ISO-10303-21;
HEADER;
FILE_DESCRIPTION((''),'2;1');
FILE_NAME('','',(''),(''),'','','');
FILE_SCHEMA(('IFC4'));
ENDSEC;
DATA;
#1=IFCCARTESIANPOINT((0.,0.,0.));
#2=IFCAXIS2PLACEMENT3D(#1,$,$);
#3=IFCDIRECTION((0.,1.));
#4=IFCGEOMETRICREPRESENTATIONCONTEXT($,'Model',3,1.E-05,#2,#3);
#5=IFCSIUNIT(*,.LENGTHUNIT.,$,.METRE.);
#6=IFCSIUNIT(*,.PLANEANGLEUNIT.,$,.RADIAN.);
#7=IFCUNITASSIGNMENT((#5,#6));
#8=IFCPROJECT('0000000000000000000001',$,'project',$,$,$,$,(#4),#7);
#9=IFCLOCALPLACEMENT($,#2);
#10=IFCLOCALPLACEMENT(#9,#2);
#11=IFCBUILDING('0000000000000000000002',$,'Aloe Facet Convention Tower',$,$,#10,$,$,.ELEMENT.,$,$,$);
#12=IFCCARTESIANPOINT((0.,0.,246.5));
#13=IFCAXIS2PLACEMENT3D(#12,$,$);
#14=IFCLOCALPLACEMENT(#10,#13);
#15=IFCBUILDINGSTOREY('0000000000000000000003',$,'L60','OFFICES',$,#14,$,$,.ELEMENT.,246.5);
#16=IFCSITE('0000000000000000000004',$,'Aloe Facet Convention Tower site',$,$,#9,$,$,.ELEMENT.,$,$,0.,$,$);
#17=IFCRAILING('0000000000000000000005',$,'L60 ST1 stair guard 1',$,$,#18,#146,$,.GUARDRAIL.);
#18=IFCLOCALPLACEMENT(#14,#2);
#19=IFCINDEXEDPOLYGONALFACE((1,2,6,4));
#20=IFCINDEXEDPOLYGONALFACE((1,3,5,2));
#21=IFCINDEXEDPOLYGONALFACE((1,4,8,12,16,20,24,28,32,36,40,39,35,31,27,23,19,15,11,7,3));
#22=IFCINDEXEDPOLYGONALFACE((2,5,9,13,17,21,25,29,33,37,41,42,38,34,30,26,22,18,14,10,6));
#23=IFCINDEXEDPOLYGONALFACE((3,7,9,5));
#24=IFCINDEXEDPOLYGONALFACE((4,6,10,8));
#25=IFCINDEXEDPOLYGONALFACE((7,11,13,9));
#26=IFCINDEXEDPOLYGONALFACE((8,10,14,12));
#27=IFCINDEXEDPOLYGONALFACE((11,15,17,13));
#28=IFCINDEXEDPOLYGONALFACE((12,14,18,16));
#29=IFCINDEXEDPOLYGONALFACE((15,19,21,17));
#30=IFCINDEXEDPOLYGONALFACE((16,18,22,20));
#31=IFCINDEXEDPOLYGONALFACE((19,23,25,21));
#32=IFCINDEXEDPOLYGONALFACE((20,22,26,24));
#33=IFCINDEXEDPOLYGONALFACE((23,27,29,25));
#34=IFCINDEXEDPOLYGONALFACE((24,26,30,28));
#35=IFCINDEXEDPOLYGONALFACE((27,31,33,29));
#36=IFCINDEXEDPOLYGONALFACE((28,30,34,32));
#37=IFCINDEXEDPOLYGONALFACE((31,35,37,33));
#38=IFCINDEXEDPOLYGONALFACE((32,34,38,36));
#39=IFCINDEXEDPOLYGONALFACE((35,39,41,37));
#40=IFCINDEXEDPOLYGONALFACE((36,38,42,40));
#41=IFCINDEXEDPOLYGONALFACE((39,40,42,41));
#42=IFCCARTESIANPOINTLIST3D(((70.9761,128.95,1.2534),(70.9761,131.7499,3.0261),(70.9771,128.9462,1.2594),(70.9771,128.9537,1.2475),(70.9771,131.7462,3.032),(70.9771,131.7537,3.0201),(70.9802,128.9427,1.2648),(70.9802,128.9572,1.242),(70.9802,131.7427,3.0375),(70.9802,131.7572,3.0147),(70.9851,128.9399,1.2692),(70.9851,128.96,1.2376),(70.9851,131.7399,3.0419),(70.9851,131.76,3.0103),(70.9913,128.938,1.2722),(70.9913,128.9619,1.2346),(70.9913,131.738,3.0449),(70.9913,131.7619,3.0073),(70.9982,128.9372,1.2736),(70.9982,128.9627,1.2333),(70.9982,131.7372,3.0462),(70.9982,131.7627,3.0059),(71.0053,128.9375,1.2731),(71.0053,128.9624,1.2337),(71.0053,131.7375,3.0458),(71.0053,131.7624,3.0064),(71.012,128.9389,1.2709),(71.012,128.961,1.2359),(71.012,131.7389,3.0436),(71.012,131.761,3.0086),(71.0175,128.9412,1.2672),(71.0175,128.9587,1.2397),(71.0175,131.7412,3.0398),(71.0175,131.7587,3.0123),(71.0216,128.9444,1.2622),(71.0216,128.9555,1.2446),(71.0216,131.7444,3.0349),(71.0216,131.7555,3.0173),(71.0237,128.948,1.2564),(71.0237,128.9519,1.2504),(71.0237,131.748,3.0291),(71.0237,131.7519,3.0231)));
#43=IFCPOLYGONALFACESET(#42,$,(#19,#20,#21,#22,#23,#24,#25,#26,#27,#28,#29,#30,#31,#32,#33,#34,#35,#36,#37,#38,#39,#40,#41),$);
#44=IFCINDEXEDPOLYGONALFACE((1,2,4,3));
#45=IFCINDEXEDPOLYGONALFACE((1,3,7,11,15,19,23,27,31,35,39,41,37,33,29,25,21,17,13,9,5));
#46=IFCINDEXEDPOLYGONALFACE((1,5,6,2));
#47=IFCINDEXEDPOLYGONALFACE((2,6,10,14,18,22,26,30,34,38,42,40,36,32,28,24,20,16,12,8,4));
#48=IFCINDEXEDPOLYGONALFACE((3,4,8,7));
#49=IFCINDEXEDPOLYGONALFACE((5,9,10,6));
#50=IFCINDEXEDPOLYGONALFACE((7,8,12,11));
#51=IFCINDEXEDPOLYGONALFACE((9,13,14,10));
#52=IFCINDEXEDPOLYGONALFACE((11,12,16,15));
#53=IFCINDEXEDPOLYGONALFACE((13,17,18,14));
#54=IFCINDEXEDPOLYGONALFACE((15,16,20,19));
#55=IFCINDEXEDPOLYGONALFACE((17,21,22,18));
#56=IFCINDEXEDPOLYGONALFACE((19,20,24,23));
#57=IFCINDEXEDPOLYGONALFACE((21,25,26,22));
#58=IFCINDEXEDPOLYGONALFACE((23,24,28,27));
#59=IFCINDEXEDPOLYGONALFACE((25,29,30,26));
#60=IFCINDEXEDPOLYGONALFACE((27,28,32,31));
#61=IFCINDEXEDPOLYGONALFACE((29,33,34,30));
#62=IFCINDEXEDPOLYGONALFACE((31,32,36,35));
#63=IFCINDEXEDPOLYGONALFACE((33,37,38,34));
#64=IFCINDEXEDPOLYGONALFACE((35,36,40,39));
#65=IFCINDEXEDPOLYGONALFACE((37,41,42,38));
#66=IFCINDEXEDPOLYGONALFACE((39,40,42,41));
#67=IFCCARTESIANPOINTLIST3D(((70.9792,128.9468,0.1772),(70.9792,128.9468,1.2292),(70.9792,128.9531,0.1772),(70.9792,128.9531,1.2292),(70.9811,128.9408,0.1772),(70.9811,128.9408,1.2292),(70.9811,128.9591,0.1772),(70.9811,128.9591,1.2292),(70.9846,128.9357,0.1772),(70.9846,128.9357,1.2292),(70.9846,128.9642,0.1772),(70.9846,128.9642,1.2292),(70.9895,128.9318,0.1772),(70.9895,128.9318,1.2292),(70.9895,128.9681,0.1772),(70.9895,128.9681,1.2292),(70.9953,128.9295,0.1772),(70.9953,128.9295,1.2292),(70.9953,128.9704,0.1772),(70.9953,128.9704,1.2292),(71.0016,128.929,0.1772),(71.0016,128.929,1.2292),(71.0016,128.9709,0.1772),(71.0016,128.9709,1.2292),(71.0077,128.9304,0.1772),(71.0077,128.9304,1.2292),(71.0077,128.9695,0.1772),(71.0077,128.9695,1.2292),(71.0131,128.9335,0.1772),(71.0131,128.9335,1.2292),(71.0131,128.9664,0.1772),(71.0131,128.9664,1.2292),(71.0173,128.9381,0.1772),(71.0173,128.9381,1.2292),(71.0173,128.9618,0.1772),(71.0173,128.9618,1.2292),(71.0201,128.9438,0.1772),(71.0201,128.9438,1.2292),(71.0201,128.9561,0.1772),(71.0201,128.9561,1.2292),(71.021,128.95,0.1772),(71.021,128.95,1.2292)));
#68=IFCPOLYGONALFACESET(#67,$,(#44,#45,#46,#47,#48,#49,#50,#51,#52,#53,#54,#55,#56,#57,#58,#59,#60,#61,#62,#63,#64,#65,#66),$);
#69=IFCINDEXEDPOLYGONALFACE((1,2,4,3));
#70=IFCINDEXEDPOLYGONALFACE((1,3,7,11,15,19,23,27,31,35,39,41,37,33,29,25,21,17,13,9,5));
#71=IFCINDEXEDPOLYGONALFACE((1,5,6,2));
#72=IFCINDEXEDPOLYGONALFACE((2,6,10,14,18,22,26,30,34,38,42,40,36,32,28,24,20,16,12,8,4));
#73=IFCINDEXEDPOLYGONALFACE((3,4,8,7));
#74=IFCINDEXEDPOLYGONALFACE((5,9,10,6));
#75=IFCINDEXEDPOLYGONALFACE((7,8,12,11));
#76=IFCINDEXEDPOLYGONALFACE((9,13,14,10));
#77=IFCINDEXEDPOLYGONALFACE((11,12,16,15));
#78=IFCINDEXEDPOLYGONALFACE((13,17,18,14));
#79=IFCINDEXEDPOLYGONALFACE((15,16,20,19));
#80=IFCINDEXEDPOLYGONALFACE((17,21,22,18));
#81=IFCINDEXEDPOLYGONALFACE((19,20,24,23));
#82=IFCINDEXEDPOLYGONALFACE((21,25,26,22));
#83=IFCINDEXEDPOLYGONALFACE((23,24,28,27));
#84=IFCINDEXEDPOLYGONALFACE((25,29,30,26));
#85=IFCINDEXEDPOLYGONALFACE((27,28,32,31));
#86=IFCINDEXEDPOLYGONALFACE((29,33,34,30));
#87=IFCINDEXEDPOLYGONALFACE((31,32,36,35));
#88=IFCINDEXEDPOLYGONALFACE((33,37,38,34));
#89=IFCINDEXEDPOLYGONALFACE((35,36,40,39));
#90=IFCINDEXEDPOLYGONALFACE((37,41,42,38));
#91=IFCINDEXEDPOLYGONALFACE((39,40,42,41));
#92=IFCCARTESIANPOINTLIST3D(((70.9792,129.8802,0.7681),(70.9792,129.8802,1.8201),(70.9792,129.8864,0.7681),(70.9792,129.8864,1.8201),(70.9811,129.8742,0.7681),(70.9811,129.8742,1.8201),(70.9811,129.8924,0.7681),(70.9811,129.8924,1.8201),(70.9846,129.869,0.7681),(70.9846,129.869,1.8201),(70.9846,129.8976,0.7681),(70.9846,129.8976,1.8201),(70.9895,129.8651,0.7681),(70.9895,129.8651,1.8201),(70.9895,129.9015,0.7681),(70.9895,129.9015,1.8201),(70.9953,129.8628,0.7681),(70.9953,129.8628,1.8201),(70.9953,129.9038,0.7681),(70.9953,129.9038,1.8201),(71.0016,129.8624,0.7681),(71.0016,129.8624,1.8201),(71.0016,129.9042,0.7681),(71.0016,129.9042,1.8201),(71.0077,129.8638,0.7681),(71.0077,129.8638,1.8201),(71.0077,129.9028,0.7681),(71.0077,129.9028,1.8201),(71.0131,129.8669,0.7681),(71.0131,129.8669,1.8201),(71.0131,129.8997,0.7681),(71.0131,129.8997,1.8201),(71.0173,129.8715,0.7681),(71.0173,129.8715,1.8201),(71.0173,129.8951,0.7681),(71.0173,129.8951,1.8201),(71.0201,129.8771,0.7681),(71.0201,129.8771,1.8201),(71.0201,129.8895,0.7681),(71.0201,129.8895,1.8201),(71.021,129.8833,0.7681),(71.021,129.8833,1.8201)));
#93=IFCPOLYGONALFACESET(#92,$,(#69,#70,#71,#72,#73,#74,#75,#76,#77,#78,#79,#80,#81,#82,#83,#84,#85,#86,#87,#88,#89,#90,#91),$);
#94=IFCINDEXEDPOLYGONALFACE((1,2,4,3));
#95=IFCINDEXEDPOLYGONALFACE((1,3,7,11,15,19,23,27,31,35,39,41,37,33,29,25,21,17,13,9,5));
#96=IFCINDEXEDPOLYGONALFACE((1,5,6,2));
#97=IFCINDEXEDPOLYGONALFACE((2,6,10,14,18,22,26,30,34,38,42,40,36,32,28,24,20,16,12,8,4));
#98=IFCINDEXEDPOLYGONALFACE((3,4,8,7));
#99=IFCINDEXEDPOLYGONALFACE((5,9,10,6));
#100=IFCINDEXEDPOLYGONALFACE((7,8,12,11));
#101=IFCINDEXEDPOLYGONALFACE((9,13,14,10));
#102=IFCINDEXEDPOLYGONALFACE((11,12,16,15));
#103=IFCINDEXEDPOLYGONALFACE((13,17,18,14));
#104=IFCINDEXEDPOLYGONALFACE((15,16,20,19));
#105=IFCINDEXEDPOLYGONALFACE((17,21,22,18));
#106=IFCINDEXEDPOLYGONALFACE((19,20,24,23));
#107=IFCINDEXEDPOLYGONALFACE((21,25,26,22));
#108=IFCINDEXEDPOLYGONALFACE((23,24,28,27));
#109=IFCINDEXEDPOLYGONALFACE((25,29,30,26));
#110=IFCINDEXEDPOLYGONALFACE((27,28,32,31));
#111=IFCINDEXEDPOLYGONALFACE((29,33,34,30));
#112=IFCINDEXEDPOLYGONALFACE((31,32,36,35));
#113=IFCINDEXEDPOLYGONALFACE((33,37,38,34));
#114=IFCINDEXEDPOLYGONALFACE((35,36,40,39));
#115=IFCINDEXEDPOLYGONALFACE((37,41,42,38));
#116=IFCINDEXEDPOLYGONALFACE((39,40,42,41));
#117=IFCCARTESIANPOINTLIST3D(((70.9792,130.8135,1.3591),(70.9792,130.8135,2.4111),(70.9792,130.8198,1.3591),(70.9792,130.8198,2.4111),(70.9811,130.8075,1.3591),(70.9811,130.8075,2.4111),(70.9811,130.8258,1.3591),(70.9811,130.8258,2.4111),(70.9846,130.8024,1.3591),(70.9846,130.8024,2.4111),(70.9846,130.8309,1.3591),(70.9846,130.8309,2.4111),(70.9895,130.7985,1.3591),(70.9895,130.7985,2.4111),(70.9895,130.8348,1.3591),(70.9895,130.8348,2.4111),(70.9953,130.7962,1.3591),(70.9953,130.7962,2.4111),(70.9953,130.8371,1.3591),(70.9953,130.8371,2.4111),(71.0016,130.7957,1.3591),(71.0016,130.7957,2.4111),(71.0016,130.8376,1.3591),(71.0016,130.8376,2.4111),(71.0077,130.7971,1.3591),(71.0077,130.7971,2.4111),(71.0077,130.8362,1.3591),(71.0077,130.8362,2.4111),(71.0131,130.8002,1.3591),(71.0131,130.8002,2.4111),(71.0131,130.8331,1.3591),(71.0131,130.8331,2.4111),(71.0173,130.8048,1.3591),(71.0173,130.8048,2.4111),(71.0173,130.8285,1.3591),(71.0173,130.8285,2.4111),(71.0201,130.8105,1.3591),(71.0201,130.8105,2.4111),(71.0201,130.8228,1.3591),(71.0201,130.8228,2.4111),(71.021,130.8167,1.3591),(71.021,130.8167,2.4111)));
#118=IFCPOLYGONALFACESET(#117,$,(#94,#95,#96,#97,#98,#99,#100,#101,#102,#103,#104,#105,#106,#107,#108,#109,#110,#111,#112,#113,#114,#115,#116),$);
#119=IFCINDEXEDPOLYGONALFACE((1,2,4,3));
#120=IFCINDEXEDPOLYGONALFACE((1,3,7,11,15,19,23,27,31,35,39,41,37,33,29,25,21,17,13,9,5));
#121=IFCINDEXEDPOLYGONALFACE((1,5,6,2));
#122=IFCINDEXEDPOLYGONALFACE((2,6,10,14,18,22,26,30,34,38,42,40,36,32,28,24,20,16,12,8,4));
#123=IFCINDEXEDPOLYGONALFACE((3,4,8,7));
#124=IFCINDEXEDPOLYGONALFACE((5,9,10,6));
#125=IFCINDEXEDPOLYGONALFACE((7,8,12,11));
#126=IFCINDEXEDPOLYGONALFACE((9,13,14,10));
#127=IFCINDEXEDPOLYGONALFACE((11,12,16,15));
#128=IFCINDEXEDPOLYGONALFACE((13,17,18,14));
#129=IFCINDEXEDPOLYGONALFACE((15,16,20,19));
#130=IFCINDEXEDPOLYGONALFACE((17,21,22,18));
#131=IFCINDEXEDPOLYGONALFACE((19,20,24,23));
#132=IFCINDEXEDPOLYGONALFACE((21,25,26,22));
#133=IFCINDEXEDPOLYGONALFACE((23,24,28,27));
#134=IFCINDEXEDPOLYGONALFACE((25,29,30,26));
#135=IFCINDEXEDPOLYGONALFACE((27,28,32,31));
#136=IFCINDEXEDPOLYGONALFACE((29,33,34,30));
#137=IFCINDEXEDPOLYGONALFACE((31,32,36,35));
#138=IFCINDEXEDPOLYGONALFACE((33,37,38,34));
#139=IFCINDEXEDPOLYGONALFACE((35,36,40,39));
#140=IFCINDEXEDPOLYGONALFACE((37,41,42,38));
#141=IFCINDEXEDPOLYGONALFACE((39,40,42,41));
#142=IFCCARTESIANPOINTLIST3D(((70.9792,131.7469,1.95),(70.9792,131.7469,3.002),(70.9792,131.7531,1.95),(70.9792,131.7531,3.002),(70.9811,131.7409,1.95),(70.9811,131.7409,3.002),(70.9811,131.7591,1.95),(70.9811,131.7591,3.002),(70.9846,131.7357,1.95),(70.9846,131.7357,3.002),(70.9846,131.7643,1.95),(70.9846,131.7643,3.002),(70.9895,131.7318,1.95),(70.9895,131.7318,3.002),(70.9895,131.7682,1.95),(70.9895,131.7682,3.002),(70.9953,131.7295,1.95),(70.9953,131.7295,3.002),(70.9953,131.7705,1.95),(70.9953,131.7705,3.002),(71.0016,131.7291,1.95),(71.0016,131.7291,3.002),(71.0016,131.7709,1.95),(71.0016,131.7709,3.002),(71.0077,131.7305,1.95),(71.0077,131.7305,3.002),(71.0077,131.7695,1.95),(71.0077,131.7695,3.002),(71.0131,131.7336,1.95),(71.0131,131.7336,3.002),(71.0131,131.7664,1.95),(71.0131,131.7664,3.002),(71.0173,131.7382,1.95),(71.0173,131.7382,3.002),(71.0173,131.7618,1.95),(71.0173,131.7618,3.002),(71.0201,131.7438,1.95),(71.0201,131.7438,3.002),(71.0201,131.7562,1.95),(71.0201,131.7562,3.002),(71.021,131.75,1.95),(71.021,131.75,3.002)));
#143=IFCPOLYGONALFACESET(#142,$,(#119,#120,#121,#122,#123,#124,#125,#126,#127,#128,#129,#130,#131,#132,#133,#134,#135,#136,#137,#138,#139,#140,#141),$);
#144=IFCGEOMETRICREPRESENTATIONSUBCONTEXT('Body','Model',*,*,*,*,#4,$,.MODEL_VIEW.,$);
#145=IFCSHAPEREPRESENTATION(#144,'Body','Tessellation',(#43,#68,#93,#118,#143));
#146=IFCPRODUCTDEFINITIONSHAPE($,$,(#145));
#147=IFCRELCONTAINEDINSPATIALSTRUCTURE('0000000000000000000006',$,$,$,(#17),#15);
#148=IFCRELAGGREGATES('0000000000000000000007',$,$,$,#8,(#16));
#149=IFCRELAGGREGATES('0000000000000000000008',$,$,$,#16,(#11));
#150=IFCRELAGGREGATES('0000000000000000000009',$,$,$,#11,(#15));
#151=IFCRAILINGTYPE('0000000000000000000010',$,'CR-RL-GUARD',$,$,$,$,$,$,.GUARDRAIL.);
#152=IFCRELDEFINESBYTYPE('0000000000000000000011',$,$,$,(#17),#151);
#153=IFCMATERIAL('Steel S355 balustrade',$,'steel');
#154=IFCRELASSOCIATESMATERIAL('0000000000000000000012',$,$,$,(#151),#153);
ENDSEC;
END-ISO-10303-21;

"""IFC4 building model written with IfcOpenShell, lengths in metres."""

from ifc_helpers import new_model, si_unit, direction, frame, origin, origin_2d, place, context, subcontext, project, spatial, circle, extrude, material, type_object, element, save


model = new_model("IFC4")

# Units and contexts
model_context = context("Model", 3, precision=1e-05, world=origin(), true_north=direction((0.0, 1.0)))
body_context = subcontext(model_context, "Body", "Model", "MODEL_VIEW")
ifc_project = project(units=[si_unit("LENGTHUNIT", "METRE"), si_unit("PLANEANGLEUNIT", "RADIAN")], contexts=[model_context])

# Site, building, storey
site_placement = place(None, origin())
site = spatial("IfcSite", under=ifc_project, at=site_placement, Name="Aloe Facet Convention Tower site", CompositionType="ELEMENT", RefElevation=0.0)
building_placement = place(site_placement, origin())
building = spatial("IfcBuilding", under=site, at=building_placement, Name="Aloe Facet Convention Tower", CompositionType="ELEMENT")
storey_placement = place(building_placement, frame((0.0, 0.0, 246.5)))
storey = spatial("IfcBuildingStorey", under=building, at=storey_placement, Name="L60", Description="OFFICES", CompositionType="ELEMENT", Elevation=246.5)

# Railing
ifc_material_1 = material(Name="Steel S355 balustrade", Category="steel")
railing_type_1 = type_object("IfcRailingType", Name="CR-RL-GUARD", PredefinedType="GUARDRAIL", material=ifc_material_1)
railing_1_placement = place(storey_placement, frame((71.0, 128.95, 0.1772)))
element("IfcRailing", 1, at=railing_1_placement, inside=storey, type_object=railing_type_1, Name="L60 ST1 stair guard 1", PredefinedType="GUARDRAIL", context=body_context, shape_type="SweptSolid", body=[
    extrude(circle(Radius=0.0239, at=origin_2d()), frame((0.0, 0.0, 1.0762), z_axis=(0.0, 0.844909, 0.53491), x_axis=(-1.0, 0.0, 0.0)), (0.0, 0.0, 1.0), 3.314),
    extrude(circle(Radius=0.021, at=origin_2d()), origin(), (0.0, 0.0, 1.0), 1.052),
    extrude(circle(Radius=0.021, at=origin_2d()), frame((0.0, 0.9333, 0.5908)), (0.0, 0.0, 1.0), 1.052),
    extrude(circle(Radius=0.021, at=origin_2d()), frame((0.0, 1.8667, 1.1819)), (0.0, 0.0, 1.0), 1.052),
    extrude(circle(Radius=0.021, at=origin_2d()), frame((0.0, 2.8, 1.7727)), (0.0, 0.0, 1.0), 1.052),
])

save(model, "model.ifc")
